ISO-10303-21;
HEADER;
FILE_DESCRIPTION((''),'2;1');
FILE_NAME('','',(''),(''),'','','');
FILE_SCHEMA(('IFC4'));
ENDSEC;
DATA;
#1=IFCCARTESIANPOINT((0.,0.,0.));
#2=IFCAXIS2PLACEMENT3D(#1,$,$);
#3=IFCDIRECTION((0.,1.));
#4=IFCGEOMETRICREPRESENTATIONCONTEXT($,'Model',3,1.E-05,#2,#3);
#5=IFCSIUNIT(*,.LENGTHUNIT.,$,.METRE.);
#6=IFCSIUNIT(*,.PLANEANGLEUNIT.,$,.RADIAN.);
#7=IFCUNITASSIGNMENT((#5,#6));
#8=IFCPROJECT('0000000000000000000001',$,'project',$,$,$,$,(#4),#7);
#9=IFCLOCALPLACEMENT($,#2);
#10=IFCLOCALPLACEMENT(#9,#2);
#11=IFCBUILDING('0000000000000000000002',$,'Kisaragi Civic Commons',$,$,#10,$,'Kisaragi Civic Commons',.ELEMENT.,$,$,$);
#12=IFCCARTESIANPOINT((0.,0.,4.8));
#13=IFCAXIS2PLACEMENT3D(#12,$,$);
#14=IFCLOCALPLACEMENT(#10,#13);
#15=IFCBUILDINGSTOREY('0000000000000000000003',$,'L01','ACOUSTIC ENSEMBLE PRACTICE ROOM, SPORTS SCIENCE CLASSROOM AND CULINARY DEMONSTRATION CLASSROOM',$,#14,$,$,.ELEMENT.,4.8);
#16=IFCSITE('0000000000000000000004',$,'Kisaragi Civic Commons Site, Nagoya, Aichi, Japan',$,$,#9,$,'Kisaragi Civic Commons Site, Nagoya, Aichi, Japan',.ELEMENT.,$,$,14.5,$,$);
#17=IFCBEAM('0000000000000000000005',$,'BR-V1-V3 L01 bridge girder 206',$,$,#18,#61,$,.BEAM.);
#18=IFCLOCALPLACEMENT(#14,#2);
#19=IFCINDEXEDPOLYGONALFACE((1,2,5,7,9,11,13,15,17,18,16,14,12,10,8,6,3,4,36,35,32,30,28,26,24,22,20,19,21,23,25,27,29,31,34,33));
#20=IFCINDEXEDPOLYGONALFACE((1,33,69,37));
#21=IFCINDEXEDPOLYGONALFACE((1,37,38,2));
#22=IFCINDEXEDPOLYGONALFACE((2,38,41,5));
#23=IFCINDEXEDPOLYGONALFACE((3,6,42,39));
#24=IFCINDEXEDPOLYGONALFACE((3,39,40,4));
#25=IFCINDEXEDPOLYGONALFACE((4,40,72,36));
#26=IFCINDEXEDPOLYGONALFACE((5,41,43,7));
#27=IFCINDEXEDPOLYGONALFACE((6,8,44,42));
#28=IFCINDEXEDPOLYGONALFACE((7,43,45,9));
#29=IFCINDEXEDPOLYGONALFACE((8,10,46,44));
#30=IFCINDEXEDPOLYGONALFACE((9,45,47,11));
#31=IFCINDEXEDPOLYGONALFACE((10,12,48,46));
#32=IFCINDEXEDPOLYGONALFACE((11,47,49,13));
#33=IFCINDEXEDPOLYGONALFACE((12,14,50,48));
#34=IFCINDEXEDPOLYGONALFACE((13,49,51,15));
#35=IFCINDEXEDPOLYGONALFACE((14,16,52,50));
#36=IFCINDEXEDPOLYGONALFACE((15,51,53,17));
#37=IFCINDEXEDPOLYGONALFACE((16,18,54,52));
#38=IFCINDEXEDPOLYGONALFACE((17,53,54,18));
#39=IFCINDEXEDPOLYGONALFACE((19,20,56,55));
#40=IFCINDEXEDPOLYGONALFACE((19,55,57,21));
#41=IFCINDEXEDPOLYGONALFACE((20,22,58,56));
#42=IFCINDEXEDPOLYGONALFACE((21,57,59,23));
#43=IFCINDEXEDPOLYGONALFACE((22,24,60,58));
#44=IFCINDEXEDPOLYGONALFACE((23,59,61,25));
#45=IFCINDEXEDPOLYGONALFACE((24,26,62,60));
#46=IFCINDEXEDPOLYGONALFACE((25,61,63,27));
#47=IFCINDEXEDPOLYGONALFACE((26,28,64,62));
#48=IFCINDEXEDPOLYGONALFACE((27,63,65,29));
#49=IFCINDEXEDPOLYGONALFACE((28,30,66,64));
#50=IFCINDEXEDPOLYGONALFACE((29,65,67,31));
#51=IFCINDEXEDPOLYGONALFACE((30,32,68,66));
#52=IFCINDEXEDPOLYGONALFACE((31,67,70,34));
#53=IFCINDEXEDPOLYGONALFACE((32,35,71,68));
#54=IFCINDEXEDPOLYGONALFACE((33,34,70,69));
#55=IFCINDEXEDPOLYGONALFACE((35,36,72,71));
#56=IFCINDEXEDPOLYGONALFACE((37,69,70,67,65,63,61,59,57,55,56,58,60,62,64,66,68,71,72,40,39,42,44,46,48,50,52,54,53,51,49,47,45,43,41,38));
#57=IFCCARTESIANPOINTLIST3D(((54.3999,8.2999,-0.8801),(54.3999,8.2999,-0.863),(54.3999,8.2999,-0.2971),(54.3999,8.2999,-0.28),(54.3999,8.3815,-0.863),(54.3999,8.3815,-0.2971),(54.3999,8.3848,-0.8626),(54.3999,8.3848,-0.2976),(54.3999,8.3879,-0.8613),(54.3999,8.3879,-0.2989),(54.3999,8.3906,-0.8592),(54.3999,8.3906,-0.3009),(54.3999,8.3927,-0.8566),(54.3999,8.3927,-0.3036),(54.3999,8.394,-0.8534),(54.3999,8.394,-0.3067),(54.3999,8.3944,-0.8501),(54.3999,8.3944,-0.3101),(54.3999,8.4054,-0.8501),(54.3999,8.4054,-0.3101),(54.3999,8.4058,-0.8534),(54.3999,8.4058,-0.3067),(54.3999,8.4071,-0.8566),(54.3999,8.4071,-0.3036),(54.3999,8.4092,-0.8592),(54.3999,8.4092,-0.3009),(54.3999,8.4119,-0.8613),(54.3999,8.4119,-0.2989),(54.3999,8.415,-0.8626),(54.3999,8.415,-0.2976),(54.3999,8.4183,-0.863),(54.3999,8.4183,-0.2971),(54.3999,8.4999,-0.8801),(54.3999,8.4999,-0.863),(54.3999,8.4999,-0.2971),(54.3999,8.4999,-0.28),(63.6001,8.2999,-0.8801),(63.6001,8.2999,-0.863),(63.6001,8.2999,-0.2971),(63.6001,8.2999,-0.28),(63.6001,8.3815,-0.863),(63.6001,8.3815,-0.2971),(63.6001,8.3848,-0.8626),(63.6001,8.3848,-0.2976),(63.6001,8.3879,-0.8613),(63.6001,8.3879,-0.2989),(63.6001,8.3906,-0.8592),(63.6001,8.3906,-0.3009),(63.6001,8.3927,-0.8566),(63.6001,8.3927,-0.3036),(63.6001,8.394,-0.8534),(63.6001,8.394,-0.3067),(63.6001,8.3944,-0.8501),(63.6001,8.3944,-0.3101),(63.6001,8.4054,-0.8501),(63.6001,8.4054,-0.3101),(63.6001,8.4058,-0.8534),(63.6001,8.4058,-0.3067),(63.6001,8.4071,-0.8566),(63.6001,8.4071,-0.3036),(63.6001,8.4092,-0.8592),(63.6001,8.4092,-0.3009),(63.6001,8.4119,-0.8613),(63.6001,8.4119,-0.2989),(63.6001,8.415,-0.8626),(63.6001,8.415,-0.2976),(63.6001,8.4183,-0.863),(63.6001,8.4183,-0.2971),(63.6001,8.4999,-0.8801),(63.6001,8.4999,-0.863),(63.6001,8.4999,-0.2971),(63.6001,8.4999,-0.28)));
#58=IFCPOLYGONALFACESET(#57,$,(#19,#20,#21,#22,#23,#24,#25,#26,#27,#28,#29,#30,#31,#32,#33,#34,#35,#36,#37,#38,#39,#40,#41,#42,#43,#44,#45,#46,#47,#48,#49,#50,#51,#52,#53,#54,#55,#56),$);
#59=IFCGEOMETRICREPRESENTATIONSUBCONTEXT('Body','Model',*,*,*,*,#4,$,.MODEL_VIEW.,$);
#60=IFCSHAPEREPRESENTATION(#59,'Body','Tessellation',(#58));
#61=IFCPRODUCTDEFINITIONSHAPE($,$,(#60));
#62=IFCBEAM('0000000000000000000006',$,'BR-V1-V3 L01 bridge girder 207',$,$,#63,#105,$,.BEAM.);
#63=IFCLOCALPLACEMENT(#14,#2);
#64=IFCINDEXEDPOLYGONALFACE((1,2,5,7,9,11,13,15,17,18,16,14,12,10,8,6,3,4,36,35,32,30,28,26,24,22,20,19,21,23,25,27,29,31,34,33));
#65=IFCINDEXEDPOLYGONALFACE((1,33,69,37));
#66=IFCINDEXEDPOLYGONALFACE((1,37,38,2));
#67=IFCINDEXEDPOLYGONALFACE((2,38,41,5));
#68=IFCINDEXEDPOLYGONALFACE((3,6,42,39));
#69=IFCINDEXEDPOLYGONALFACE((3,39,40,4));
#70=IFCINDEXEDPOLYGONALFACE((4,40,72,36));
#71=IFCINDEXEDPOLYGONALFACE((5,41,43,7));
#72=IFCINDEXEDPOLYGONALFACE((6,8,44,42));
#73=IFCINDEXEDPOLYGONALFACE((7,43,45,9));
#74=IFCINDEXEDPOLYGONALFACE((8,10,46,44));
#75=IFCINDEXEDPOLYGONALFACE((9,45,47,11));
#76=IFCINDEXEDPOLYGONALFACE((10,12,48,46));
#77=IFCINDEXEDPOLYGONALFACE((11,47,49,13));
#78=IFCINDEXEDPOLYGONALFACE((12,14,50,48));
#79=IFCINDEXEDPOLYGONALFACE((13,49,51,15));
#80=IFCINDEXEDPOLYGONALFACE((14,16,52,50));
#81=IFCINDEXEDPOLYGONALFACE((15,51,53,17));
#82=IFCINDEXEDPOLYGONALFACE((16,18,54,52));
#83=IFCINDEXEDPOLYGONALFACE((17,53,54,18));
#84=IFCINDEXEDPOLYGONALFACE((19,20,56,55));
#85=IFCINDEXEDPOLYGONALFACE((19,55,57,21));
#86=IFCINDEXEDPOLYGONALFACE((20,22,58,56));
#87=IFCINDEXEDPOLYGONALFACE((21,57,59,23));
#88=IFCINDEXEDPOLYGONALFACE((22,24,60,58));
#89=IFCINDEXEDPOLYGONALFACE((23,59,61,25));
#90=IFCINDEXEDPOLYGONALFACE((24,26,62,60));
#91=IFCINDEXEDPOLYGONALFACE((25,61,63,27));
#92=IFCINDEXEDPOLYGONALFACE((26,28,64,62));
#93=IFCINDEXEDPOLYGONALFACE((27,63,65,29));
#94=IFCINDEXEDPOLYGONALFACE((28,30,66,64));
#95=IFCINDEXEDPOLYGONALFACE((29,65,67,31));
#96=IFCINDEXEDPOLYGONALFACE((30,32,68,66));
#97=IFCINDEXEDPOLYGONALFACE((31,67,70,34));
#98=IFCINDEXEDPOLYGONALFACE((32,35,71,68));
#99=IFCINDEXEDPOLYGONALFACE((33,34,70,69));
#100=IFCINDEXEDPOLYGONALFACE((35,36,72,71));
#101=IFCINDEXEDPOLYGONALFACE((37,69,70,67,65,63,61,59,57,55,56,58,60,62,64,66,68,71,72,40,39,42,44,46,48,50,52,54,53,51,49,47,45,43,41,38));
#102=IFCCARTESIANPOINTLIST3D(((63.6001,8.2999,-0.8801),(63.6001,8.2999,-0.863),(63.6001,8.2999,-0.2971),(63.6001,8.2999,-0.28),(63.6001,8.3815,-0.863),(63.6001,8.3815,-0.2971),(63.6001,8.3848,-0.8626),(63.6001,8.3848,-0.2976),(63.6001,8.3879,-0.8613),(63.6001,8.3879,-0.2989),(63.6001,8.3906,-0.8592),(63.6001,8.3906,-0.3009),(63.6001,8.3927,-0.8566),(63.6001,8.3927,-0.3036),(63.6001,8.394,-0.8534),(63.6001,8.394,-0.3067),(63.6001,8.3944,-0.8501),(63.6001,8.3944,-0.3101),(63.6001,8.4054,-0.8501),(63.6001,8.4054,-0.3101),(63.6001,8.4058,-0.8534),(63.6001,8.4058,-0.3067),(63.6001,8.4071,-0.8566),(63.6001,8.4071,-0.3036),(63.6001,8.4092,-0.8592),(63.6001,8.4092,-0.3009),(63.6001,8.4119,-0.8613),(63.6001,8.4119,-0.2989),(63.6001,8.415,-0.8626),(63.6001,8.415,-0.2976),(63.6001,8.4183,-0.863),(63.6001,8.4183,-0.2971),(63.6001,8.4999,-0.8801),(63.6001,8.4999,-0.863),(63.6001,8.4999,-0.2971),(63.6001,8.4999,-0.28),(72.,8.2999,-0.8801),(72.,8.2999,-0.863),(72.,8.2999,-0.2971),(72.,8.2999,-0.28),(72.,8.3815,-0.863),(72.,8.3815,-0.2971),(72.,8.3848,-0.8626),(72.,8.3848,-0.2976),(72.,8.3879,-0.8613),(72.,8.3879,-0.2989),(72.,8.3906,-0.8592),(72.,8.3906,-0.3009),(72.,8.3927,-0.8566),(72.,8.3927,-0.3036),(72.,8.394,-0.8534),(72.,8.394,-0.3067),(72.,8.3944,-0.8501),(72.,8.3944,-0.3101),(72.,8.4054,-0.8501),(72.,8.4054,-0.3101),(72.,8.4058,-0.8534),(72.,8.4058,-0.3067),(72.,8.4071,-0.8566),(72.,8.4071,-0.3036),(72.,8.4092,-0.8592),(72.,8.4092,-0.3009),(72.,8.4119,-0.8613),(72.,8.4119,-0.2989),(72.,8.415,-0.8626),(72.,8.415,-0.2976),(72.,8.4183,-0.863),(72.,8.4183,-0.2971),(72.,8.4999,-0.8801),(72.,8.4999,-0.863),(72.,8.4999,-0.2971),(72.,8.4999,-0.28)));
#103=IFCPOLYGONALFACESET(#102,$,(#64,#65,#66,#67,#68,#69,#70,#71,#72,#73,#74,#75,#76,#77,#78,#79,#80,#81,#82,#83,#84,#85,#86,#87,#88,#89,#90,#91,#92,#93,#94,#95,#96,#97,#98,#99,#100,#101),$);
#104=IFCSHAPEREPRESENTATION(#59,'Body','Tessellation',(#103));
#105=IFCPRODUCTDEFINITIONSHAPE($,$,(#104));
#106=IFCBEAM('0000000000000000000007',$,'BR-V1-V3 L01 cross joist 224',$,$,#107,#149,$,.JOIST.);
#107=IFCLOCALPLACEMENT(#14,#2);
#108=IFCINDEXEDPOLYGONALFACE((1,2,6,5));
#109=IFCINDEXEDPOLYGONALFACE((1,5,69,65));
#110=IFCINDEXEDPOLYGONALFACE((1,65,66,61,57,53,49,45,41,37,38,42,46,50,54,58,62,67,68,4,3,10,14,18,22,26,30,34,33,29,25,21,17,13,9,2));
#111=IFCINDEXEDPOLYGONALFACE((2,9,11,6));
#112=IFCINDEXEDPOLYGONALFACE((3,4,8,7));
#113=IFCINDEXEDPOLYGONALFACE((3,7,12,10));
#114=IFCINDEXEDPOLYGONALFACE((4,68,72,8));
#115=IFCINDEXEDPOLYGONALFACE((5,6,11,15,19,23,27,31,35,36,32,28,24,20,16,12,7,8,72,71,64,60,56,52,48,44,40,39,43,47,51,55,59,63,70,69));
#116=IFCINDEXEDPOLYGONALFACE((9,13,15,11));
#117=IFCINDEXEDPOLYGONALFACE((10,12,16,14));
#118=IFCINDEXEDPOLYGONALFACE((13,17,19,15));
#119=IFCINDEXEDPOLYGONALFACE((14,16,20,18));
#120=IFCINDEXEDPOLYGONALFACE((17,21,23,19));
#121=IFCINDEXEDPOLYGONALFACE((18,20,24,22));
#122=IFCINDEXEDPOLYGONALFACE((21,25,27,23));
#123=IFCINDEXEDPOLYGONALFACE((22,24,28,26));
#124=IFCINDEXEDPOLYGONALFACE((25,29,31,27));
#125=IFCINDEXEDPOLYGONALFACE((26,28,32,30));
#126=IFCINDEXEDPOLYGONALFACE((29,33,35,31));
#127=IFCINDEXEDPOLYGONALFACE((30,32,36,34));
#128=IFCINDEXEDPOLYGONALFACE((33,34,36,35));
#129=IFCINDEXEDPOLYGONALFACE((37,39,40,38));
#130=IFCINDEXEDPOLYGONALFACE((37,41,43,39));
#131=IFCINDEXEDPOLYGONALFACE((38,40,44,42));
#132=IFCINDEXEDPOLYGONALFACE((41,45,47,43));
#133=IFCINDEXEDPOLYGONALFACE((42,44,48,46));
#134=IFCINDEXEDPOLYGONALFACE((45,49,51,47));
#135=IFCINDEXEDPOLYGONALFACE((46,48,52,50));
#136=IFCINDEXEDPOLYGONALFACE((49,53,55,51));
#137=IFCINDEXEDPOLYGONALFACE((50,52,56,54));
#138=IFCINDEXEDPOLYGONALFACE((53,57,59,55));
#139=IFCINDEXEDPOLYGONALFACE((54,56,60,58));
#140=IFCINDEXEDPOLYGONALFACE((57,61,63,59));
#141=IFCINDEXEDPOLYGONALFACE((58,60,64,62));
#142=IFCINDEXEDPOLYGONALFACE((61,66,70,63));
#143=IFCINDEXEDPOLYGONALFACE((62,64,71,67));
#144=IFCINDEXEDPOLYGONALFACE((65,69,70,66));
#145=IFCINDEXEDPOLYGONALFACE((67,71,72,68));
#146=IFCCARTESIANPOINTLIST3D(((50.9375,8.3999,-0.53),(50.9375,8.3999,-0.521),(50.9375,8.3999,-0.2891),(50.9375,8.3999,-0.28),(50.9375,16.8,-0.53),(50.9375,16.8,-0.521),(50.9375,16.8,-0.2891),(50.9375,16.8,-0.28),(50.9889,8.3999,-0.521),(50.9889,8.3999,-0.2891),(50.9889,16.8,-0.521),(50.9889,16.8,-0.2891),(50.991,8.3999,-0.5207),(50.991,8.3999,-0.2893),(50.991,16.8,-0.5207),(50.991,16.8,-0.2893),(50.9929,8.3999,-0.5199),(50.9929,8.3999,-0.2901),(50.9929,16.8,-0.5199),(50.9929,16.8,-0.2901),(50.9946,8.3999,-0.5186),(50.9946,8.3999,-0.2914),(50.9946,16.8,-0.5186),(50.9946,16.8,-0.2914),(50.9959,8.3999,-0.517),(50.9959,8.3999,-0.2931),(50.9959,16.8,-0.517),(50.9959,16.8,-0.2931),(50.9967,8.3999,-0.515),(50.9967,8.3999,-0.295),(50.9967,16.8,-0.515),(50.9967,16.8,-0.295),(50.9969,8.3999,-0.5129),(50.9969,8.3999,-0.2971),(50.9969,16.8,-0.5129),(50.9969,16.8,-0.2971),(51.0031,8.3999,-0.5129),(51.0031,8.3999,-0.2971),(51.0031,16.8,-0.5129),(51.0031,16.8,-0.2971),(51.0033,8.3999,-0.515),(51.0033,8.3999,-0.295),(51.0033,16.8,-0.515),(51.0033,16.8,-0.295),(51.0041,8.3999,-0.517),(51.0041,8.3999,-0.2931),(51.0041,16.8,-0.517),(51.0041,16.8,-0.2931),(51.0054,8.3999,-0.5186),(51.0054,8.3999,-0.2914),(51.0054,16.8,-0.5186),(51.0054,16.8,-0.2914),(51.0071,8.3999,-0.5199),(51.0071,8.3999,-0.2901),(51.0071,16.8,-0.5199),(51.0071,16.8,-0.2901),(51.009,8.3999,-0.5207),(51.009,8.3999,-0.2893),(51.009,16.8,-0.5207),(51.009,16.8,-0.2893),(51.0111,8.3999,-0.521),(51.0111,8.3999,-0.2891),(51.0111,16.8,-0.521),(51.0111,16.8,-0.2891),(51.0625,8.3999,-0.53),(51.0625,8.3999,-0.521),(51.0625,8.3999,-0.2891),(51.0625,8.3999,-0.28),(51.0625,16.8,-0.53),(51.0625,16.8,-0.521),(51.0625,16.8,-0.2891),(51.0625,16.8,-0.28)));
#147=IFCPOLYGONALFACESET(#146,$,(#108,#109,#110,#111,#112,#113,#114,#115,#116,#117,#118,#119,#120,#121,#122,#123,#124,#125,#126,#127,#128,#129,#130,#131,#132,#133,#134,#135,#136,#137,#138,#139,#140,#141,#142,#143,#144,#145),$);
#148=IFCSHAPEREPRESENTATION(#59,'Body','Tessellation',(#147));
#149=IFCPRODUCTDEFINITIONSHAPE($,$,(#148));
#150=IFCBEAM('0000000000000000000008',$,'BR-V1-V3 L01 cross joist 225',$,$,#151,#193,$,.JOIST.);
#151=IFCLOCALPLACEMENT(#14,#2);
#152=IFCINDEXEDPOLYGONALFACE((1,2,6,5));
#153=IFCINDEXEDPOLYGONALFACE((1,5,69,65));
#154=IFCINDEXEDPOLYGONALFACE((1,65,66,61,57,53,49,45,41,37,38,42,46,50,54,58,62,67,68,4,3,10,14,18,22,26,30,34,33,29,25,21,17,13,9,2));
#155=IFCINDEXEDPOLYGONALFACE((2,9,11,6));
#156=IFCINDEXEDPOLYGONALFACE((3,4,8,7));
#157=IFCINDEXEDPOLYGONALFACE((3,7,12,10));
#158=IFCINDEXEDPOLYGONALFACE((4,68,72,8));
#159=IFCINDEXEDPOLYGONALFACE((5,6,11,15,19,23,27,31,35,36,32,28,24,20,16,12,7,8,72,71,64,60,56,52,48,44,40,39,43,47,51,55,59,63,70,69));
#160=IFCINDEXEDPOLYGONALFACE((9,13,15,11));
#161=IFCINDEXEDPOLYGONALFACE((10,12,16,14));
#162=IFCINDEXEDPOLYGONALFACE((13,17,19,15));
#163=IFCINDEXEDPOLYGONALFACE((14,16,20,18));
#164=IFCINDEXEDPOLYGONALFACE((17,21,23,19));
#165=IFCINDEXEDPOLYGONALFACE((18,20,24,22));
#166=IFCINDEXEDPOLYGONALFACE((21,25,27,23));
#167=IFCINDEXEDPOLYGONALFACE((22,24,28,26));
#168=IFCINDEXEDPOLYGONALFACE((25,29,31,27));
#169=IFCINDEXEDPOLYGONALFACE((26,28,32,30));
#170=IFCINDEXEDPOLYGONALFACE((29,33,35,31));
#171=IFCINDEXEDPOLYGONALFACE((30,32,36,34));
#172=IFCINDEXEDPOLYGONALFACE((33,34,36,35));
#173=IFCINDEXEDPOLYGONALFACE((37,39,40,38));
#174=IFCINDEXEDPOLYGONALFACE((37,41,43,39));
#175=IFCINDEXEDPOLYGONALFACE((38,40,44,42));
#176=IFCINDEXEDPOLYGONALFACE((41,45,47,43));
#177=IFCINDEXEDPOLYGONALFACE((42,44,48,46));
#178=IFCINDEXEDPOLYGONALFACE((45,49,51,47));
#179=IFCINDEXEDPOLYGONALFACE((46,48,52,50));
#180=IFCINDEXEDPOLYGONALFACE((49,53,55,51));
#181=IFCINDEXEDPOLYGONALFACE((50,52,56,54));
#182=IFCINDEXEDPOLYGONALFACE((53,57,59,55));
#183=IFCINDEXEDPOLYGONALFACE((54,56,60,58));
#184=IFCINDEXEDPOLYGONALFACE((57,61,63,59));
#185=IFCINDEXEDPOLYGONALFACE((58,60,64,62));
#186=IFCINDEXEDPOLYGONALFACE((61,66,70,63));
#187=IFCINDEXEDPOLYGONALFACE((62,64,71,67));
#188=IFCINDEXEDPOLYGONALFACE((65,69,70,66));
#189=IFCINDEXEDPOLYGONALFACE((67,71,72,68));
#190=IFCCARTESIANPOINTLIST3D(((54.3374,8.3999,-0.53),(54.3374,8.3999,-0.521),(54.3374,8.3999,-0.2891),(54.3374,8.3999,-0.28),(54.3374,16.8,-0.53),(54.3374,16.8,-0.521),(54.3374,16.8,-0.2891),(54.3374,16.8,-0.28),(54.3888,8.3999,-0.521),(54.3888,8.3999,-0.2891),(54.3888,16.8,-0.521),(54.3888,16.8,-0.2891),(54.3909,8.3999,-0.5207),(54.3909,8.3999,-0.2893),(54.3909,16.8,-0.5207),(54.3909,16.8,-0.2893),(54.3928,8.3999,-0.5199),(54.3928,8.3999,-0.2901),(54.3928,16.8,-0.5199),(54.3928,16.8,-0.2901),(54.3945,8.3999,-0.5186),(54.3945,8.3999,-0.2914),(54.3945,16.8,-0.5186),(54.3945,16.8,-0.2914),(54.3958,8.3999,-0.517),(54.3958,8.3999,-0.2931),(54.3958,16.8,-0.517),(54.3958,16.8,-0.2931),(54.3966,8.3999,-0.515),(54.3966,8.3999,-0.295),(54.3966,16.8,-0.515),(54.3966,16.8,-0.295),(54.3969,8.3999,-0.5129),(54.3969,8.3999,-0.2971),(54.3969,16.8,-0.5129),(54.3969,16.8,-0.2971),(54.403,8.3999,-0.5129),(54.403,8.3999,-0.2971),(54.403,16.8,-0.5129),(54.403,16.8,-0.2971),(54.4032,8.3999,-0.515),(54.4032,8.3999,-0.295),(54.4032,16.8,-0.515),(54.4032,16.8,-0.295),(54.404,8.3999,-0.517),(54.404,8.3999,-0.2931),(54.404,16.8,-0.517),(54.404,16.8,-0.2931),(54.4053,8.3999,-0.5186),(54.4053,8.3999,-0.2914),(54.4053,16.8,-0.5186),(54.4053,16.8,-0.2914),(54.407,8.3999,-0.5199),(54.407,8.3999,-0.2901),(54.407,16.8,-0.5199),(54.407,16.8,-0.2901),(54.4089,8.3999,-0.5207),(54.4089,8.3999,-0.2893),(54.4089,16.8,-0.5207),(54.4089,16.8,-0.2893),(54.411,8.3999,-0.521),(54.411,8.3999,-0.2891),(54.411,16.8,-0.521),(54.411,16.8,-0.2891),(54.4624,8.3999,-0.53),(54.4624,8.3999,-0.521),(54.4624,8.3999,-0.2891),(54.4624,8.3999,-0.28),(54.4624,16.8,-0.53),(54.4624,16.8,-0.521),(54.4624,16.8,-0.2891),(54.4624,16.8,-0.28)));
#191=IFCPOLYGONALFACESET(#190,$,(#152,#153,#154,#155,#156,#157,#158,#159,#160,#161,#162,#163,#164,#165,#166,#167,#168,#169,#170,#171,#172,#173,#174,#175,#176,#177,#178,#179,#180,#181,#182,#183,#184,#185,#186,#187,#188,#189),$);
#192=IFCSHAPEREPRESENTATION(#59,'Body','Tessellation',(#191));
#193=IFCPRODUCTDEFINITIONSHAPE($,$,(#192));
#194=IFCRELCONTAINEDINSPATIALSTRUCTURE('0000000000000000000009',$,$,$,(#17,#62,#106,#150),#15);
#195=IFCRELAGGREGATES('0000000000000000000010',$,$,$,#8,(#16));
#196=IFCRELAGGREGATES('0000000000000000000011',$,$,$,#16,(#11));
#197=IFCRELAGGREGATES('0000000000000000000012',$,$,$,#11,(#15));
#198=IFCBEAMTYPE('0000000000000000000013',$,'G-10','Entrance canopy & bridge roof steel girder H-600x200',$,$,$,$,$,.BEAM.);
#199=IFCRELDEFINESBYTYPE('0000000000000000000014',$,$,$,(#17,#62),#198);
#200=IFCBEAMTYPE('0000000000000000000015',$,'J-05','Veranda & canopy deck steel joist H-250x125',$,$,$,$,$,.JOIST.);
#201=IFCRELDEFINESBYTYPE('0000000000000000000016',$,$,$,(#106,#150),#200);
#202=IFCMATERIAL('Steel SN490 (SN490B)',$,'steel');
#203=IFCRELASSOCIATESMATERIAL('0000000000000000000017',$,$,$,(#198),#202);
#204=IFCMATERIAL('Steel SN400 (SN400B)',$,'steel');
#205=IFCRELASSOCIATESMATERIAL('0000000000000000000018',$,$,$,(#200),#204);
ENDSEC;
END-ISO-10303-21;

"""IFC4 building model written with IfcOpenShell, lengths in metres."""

from ifc_helpers import new_model, si_unit, direction, frame, origin, origin_2d, place, context, subcontext, project, spatial, i_section, extrude, material, material_profile, profile_set, type_object, element, save


model = new_model("IFC4")

# Units and contexts
model_context = context("Model", 3, precision=1e-05, world=origin(), true_north=direction((0.0, 1.0)))
body_context = subcontext(model_context, "Body", "Model", "MODEL_VIEW")
ifc_project = project(units=[si_unit("LENGTHUNIT", "METRE"), si_unit("PLANEANGLEUNIT", "RADIAN")], contexts=[model_context])

# Site, building, storey
site_placement = place(None, origin())
site = spatial("IfcSite", under=ifc_project, at=site_placement, Name="Kisaragi Civic Commons Site, Nagoya, Aichi, Japan", LongName="Kisaragi Civic Commons Site, Nagoya, Aichi, Japan", CompositionType="ELEMENT", RefElevation=14.5)
building_placement = place(site_placement, origin())
building = spatial("IfcBuilding", under=site, at=building_placement, Name="Kisaragi Civic Commons", LongName="Kisaragi Civic Commons", CompositionType="ELEMENT")
storey_placement = place(building_placement, frame((0.0, 0.0, 4.8)))
storey = spatial("IfcBuildingStorey", under=building, at=storey_placement, Name="L01", Description="ACOUSTIC ENSEMBLE PRACTICE ROOM, SPORTS SCIENCE CLASSROOM AND CULINARY DEMONSTRATION CLASSROOM", CompositionType="ELEMENT", Elevation=4.8)

# Beams
ifc_material_1 = material(Name="Steel SN490 (SN490B)", Category="steel")
ifc_material_profile_1 = material_profile(ifc_material_1, i_section(OverallWidth=0.2, OverallDepth=0.6001, WebThickness=0.011, FlangeThickness=0.0171, FilletRadius=0.0129, at=origin_2d()), Name="H-600x200x11x17", Category="steel")
ifc_profile_set_1 = profile_set([ifc_material_profile_1], Name="Steel SN490 (SN490B)")
beam_type_1 = type_object("IfcBeamType", Name="G-10", Description="Entrance canopy & bridge roof steel girder H-600x200", PredefinedType="BEAM", material=ifc_profile_set_1)
beam_1_placement = place(storey_placement, frame((54.3999, 8.3999, -0.5801), z_axis=(1.0, 0.0, 0.0), x_axis=(0.0, 1.0, 0.0)))
element("IfcBeam", 1, at=beam_1_placement, inside=storey, type_object=beam_type_1, Name="BR-V1-V3 L01 bridge girder 206", PredefinedType="BEAM", context=body_context, shape_type="SweptSolid", body=[
    extrude(i_section(OverallWidth=0.2, OverallDepth=0.6001, WebThickness=0.011, FlangeThickness=0.0171, FilletRadius=0.0129, at=origin_2d()), origin(), (0.0, 0.0, 1.0), 9.2002),
])
beam_2_placement = place(storey_placement, frame((63.6001, 8.3999, -0.5801), z_axis=(1.0, 0.0, 0.0), x_axis=(0.0, 1.0, 0.0)))
element("IfcBeam", 2, at=beam_2_placement, inside=storey, type_object=beam_type_1, Name="BR-V1-V3 L01 bridge girder 207", PredefinedType="BEAM", context=body_context, shape_type="SweptSolid", body=[
    extrude(i_section(OverallWidth=0.2, OverallDepth=0.6001, WebThickness=0.011, FlangeThickness=0.0171, FilletRadius=0.0129, at=origin_2d()), origin(), (0.0, 0.0, 1.0), 8.3999),
])
ifc_material_2 = material(Name="Steel SN400 (SN400B)", Category="steel")
ifc_material_profile_2 = material_profile(ifc_material_2, i_section(OverallWidth=0.125, OverallDepth=0.25, WebThickness=0.0061, FlangeThickness=0.009, FilletRadius=0.0081, at=origin_2d()), Name="H-250x125x6x9", Category="steel")
ifc_profile_set_2 = profile_set([ifc_material_profile_2], Name="Steel SN400 (SN400B)")
beam_type_2 = type_object("IfcBeamType", Name="J-05", Description="Veranda & canopy deck steel joist H-250x125", PredefinedType="JOIST", material=ifc_profile_set_2)
for number, where, z_axis, x_axis, name in (
    (3, (51.0, 8.3999, -0.405), (0.0, 1.0, 0.0), (-1.0, 0.0, 0.0), "BR-V1-V3 L01 cross joist 224"),
    (4, (54.3999, 8.3999, -0.405), (0.0, 1.0, 0.0), (-1.0, 0.0, 0.0), "BR-V1-V3 L01 cross joist 225"),
):
    element("IfcBeam", number, at=place(storey_placement, frame(where, z_axis=z_axis, x_axis=x_axis)), inside=storey, type_object=beam_type_2, Name=name, PredefinedType="JOIST", context=body_context, shape_type="SweptSolid", body=[
        extrude(i_section(OverallWidth=0.125, OverallDepth=0.25, WebThickness=0.0061, FlangeThickness=0.009, FilletRadius=0.0081, at=origin_2d()), origin(), (0.0, 0.0, 1.0), 8.4001),
    ])

save(model, "model.ifc")
